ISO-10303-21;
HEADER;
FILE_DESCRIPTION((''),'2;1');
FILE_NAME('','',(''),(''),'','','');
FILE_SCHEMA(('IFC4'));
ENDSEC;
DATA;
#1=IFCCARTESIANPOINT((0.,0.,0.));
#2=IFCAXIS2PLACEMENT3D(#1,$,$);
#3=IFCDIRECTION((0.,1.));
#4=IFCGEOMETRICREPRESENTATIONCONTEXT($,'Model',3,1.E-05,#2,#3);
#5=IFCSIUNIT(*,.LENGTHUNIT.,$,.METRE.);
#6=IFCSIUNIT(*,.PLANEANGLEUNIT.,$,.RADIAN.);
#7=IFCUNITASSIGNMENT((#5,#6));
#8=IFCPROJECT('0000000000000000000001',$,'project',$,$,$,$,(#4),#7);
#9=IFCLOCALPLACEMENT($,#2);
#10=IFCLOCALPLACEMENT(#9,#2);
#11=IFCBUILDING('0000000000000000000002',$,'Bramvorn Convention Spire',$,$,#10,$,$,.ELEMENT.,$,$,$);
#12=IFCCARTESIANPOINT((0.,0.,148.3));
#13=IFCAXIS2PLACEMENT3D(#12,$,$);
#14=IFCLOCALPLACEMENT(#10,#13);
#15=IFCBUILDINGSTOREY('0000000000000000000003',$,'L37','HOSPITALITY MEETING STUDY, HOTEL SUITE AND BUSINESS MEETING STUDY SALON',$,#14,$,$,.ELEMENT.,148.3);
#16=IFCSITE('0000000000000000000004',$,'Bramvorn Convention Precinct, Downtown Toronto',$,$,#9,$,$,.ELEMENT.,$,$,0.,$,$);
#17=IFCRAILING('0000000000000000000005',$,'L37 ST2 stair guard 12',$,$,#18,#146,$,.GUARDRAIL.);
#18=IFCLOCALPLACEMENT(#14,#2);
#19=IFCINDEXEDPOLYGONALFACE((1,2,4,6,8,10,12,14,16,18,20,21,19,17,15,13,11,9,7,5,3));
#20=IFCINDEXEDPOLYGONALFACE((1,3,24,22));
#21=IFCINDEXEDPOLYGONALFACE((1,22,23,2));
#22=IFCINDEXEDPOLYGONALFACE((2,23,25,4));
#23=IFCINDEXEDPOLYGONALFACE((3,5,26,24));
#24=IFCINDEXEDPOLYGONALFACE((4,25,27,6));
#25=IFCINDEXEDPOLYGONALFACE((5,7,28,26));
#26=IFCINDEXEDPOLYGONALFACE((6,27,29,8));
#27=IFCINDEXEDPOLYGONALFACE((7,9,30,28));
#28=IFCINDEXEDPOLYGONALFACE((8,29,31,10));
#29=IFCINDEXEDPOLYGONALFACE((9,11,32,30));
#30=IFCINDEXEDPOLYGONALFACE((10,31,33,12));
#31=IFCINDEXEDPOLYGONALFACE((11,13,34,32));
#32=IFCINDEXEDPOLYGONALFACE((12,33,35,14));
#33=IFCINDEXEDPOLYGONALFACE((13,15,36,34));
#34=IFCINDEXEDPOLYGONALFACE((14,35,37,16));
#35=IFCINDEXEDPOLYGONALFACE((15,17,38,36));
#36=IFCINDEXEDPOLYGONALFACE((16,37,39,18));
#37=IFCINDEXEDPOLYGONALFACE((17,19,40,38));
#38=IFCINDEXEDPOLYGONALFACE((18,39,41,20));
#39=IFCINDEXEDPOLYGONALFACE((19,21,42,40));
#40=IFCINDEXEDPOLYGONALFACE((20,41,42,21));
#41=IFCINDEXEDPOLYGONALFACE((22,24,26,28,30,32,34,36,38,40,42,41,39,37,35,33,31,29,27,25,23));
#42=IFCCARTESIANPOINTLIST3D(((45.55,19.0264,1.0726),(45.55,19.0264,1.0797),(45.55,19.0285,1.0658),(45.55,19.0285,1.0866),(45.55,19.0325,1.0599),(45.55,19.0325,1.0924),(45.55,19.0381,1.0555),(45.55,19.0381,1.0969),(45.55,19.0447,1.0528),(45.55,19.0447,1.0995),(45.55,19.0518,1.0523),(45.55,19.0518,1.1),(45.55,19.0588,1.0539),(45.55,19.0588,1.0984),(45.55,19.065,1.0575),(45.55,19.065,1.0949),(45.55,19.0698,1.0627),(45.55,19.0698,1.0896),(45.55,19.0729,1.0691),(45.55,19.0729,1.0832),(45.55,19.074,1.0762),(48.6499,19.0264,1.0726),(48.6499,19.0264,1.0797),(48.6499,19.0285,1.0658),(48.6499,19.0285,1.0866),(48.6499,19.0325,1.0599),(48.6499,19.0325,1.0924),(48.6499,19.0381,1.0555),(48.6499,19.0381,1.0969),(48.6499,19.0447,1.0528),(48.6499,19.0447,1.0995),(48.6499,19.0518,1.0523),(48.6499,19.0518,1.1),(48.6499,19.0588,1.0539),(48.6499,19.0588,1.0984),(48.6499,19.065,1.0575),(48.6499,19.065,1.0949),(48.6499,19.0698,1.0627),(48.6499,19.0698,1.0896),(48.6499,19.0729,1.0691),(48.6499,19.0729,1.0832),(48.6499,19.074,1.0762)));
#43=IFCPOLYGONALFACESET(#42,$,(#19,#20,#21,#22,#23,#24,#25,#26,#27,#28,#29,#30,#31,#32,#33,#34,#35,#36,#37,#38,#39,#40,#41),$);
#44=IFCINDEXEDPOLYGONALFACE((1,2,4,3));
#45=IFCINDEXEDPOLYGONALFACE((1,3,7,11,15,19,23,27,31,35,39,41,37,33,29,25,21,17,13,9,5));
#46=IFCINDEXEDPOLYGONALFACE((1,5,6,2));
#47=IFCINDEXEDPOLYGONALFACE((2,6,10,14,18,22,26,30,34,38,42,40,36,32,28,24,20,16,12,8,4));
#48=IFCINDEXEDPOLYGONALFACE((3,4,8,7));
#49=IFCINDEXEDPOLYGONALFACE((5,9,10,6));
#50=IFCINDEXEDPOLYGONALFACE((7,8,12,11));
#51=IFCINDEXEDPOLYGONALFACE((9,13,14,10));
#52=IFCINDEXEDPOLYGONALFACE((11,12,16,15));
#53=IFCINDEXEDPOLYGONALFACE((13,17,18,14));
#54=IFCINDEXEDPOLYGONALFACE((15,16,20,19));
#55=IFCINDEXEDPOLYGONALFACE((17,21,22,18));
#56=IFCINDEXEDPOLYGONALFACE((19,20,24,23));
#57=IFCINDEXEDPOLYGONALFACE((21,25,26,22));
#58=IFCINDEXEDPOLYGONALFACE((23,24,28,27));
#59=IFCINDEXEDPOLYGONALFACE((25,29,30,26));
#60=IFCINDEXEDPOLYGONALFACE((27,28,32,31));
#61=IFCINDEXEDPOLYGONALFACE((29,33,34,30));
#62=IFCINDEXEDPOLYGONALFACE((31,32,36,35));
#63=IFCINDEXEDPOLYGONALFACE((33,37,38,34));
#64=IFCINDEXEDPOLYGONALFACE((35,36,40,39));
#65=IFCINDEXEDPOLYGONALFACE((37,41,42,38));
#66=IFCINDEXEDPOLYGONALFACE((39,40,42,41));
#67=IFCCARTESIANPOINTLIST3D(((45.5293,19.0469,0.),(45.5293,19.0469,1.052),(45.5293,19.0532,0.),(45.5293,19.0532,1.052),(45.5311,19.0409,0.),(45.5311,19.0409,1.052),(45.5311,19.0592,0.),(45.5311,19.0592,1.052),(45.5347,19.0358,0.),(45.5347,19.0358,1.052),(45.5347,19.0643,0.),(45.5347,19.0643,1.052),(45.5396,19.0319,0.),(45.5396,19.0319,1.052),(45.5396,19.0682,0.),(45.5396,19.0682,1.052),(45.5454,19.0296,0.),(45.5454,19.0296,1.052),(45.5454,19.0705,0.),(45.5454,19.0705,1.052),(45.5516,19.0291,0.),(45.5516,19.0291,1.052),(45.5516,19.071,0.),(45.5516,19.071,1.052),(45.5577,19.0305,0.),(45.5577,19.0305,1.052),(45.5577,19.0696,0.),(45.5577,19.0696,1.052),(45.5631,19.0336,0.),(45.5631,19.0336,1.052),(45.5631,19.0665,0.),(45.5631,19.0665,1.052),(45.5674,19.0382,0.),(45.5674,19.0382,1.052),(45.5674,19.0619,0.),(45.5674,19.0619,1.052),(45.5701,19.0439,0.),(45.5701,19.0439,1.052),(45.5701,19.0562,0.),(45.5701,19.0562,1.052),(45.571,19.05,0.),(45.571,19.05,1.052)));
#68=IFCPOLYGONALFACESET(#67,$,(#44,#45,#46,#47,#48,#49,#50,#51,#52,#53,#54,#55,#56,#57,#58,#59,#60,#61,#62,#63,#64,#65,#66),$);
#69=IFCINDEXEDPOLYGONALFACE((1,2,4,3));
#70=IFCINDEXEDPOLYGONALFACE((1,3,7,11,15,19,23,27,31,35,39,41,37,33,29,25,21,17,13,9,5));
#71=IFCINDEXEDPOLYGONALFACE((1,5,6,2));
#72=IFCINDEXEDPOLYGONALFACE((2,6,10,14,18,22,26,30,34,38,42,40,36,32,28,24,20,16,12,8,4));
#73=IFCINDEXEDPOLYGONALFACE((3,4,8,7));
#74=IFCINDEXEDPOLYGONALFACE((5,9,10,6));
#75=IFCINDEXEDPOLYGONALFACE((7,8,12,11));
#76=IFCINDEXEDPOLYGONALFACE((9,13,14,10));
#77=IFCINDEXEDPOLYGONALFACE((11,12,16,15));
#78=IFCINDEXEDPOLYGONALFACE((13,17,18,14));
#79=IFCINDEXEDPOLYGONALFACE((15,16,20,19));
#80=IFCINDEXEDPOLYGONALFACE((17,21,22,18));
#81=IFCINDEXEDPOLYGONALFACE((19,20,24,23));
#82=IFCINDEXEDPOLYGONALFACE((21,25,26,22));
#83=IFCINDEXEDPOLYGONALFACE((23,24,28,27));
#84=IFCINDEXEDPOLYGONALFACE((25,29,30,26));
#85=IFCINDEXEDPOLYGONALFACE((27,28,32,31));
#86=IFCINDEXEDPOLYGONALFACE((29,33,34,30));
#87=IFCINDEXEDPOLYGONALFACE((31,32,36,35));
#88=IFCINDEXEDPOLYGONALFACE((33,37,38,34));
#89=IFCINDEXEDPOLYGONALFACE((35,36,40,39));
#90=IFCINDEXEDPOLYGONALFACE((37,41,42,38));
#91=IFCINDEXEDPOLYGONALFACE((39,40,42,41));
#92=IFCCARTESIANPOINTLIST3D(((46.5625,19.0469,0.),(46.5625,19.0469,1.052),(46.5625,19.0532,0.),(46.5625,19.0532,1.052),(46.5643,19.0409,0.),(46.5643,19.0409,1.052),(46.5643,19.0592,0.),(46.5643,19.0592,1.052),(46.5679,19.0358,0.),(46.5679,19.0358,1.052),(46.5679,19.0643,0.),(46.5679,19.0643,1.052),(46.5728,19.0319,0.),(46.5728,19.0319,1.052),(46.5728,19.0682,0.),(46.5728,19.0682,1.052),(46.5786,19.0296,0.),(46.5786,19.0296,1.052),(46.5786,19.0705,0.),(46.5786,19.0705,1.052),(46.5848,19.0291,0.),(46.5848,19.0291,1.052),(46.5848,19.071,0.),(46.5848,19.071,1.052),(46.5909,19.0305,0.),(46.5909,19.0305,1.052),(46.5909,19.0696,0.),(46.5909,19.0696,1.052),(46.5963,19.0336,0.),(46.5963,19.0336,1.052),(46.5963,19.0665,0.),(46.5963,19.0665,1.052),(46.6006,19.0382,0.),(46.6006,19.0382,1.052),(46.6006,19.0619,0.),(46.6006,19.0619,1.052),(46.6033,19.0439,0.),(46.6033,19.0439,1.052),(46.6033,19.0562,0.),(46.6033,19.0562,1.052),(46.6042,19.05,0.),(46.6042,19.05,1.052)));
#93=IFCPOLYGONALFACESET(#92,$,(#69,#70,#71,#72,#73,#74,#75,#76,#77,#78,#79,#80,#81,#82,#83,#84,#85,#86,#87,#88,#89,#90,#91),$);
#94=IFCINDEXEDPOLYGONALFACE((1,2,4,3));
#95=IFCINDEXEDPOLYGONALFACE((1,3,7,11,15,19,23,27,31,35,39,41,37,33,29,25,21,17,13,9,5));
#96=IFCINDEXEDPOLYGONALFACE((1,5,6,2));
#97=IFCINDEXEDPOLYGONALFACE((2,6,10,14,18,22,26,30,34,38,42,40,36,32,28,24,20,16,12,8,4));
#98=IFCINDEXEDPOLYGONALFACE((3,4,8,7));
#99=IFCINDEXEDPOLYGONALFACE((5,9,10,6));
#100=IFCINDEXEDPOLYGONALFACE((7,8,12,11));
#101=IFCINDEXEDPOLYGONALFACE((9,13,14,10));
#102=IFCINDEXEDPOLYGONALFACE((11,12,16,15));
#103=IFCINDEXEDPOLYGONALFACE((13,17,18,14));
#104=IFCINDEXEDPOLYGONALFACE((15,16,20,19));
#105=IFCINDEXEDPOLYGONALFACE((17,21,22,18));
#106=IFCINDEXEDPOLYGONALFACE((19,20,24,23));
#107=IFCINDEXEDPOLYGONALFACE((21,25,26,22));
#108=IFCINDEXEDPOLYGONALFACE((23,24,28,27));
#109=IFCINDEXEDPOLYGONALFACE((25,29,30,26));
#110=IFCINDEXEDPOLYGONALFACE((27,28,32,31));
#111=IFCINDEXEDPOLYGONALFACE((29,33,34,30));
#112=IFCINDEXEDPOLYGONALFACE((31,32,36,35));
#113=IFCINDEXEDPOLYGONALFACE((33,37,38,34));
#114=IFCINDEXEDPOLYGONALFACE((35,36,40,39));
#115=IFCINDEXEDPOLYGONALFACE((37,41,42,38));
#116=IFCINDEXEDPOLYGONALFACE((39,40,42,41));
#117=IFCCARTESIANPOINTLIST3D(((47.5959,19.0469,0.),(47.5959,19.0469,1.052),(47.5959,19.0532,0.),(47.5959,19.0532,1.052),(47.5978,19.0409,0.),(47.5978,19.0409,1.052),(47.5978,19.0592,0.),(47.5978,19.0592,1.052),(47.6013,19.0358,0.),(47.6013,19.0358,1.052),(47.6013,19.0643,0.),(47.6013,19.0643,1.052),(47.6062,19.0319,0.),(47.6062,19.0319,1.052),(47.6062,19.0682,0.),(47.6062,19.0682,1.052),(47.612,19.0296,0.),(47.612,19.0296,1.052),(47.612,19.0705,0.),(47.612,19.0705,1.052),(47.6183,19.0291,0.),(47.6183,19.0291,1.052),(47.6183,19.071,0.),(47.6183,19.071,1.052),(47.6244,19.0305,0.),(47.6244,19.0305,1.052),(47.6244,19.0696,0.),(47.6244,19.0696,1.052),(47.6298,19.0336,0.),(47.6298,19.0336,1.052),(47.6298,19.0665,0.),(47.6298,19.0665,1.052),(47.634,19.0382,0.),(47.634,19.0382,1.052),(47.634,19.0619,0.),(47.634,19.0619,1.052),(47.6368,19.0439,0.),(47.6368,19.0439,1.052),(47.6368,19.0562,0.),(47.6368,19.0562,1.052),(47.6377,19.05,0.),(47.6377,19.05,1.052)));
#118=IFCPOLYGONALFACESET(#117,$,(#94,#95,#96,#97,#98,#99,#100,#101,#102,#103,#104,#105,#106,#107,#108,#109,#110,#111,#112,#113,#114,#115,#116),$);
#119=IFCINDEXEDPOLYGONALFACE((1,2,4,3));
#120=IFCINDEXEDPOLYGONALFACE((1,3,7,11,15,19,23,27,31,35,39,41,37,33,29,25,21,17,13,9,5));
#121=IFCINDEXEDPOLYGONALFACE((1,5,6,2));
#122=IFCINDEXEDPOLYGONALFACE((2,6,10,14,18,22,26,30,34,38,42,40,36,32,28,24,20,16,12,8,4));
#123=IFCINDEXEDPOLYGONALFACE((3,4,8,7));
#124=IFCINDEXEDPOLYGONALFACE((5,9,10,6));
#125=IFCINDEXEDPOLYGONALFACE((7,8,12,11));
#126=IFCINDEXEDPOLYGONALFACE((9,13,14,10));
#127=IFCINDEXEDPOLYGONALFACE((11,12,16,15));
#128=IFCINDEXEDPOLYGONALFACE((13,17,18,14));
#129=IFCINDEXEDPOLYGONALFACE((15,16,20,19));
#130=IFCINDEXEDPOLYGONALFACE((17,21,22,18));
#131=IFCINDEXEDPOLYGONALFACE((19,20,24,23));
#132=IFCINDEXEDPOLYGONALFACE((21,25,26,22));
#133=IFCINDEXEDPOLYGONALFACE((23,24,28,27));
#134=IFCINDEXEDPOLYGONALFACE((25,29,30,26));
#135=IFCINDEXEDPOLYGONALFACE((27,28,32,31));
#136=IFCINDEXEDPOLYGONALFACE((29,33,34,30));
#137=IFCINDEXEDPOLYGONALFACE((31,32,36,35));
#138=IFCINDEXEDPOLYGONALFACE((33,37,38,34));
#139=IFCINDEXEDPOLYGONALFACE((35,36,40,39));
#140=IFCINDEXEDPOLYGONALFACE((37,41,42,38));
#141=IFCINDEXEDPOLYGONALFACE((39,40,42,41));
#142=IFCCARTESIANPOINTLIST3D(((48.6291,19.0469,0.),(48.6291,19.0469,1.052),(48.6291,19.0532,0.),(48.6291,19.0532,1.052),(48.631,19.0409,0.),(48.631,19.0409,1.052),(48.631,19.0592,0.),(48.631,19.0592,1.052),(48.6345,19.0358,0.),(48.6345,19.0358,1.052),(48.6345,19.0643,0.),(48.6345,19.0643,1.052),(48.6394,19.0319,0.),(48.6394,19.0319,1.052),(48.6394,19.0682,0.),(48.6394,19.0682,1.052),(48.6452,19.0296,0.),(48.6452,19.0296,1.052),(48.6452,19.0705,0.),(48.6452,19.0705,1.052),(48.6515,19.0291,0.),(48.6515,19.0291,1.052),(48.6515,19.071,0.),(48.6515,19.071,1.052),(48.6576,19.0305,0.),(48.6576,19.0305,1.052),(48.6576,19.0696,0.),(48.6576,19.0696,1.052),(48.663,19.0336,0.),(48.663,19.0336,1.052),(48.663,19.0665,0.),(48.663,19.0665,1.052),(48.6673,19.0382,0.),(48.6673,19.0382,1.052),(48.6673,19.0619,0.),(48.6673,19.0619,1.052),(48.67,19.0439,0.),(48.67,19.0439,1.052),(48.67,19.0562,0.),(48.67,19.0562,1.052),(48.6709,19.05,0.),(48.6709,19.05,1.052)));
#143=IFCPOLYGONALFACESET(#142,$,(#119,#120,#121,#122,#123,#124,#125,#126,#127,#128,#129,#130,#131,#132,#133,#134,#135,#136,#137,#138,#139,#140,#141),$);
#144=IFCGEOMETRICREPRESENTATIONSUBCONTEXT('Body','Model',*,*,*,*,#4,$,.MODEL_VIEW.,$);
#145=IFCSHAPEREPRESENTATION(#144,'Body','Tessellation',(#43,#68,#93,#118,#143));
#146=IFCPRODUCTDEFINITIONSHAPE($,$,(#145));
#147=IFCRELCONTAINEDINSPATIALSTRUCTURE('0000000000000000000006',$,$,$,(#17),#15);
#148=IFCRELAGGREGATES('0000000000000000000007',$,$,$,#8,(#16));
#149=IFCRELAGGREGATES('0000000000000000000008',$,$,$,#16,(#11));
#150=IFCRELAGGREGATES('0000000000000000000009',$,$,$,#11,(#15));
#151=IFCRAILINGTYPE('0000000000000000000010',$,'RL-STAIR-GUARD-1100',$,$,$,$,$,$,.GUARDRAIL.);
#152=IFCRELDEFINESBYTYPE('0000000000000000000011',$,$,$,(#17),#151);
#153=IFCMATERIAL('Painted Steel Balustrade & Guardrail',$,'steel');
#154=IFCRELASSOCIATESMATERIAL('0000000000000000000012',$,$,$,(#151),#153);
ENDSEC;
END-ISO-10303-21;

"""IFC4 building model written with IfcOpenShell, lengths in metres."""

from ifc_helpers import new_model, si_unit, direction, frame, origin, origin_2d, place, context, subcontext, project, spatial, circle, extrude, material, type_object, element, save


model = new_model("IFC4")

# Units and contexts
model_context = context("Model", 3, precision=1e-05, world=origin(), true_north=direction((0.0, 1.0)))
body_context = subcontext(model_context, "Body", "Model", "MODEL_VIEW")
ifc_project = project(units=[si_unit("LENGTHUNIT", "METRE"), si_unit("PLANEANGLEUNIT", "RADIAN")], contexts=[model_context])

# Site, building, storey
site_placement = place(None, origin())
site = spatial("IfcSite", under=ifc_project, at=site_placement, Name="Bramvorn Convention Precinct, Downtown Toronto", CompositionType="ELEMENT", RefElevation=0.0)
building_placement = place(site_placement, origin())
building = spatial("IfcBuilding", under=site, at=building_placement, Name="Bramvorn Convention Spire", CompositionType="ELEMENT")
storey_placement = place(building_placement, frame((0.0, 0.0, 148.3)))
storey = spatial("IfcBuildingStorey", under=building, at=storey_placement, Name="L37", Description="HOSPITALITY MEETING STUDY, HOTEL SUITE AND BUSINESS MEETING STUDY SALON", CompositionType="ELEMENT", Elevation=148.3)

# Railing
ifc_material_1 = material(Name="Painted Steel Balustrade & Guardrail", Category="steel")
railing_type = type_object("IfcRailingType", Name="RL-STAIR-GUARD-1100", PredefinedType="GUARDRAIL", material=ifc_material_1)
railing_1_placement = place(storey_placement, frame((45.55, 19.05, 0.0)))
element("IfcRailing", 1, at=railing_1_placement, inside=storey, type_object=railing_type, Name="L37 ST2 stair guard 12", PredefinedType="GUARDRAIL", context=body_context, shape_type="SweptSolid", body=[
    extrude(circle(Radius=0.0239, at=origin_2d()), frame((0.0, 0.0, 1.0762), z_axis=(1.0, 0.0, 0.0), x_axis=(0.0, 1.0, 0.0)), (0.0, 0.0, 1.0), 3.0999),
    extrude(circle(Radius=0.021, at=origin_2d()), origin(), (0.0, 0.0, 1.0), 1.052),
    extrude(circle(Radius=0.021, at=origin_2d()), frame((1.0332, 0.0, 0.0)), (0.0, 0.0, 1.0), 1.052),
    extrude(circle(Radius=0.021, at=origin_2d()), frame((2.0667, 0.0, 0.0)), (0.0, 0.0, 1.0), 1.052),
    extrude(circle(Radius=0.021, at=origin_2d()), frame((3.0999, 0.0, 0.0)), (0.0, 0.0, 1.0), 1.052),
])

save(model, "model.ifc")
